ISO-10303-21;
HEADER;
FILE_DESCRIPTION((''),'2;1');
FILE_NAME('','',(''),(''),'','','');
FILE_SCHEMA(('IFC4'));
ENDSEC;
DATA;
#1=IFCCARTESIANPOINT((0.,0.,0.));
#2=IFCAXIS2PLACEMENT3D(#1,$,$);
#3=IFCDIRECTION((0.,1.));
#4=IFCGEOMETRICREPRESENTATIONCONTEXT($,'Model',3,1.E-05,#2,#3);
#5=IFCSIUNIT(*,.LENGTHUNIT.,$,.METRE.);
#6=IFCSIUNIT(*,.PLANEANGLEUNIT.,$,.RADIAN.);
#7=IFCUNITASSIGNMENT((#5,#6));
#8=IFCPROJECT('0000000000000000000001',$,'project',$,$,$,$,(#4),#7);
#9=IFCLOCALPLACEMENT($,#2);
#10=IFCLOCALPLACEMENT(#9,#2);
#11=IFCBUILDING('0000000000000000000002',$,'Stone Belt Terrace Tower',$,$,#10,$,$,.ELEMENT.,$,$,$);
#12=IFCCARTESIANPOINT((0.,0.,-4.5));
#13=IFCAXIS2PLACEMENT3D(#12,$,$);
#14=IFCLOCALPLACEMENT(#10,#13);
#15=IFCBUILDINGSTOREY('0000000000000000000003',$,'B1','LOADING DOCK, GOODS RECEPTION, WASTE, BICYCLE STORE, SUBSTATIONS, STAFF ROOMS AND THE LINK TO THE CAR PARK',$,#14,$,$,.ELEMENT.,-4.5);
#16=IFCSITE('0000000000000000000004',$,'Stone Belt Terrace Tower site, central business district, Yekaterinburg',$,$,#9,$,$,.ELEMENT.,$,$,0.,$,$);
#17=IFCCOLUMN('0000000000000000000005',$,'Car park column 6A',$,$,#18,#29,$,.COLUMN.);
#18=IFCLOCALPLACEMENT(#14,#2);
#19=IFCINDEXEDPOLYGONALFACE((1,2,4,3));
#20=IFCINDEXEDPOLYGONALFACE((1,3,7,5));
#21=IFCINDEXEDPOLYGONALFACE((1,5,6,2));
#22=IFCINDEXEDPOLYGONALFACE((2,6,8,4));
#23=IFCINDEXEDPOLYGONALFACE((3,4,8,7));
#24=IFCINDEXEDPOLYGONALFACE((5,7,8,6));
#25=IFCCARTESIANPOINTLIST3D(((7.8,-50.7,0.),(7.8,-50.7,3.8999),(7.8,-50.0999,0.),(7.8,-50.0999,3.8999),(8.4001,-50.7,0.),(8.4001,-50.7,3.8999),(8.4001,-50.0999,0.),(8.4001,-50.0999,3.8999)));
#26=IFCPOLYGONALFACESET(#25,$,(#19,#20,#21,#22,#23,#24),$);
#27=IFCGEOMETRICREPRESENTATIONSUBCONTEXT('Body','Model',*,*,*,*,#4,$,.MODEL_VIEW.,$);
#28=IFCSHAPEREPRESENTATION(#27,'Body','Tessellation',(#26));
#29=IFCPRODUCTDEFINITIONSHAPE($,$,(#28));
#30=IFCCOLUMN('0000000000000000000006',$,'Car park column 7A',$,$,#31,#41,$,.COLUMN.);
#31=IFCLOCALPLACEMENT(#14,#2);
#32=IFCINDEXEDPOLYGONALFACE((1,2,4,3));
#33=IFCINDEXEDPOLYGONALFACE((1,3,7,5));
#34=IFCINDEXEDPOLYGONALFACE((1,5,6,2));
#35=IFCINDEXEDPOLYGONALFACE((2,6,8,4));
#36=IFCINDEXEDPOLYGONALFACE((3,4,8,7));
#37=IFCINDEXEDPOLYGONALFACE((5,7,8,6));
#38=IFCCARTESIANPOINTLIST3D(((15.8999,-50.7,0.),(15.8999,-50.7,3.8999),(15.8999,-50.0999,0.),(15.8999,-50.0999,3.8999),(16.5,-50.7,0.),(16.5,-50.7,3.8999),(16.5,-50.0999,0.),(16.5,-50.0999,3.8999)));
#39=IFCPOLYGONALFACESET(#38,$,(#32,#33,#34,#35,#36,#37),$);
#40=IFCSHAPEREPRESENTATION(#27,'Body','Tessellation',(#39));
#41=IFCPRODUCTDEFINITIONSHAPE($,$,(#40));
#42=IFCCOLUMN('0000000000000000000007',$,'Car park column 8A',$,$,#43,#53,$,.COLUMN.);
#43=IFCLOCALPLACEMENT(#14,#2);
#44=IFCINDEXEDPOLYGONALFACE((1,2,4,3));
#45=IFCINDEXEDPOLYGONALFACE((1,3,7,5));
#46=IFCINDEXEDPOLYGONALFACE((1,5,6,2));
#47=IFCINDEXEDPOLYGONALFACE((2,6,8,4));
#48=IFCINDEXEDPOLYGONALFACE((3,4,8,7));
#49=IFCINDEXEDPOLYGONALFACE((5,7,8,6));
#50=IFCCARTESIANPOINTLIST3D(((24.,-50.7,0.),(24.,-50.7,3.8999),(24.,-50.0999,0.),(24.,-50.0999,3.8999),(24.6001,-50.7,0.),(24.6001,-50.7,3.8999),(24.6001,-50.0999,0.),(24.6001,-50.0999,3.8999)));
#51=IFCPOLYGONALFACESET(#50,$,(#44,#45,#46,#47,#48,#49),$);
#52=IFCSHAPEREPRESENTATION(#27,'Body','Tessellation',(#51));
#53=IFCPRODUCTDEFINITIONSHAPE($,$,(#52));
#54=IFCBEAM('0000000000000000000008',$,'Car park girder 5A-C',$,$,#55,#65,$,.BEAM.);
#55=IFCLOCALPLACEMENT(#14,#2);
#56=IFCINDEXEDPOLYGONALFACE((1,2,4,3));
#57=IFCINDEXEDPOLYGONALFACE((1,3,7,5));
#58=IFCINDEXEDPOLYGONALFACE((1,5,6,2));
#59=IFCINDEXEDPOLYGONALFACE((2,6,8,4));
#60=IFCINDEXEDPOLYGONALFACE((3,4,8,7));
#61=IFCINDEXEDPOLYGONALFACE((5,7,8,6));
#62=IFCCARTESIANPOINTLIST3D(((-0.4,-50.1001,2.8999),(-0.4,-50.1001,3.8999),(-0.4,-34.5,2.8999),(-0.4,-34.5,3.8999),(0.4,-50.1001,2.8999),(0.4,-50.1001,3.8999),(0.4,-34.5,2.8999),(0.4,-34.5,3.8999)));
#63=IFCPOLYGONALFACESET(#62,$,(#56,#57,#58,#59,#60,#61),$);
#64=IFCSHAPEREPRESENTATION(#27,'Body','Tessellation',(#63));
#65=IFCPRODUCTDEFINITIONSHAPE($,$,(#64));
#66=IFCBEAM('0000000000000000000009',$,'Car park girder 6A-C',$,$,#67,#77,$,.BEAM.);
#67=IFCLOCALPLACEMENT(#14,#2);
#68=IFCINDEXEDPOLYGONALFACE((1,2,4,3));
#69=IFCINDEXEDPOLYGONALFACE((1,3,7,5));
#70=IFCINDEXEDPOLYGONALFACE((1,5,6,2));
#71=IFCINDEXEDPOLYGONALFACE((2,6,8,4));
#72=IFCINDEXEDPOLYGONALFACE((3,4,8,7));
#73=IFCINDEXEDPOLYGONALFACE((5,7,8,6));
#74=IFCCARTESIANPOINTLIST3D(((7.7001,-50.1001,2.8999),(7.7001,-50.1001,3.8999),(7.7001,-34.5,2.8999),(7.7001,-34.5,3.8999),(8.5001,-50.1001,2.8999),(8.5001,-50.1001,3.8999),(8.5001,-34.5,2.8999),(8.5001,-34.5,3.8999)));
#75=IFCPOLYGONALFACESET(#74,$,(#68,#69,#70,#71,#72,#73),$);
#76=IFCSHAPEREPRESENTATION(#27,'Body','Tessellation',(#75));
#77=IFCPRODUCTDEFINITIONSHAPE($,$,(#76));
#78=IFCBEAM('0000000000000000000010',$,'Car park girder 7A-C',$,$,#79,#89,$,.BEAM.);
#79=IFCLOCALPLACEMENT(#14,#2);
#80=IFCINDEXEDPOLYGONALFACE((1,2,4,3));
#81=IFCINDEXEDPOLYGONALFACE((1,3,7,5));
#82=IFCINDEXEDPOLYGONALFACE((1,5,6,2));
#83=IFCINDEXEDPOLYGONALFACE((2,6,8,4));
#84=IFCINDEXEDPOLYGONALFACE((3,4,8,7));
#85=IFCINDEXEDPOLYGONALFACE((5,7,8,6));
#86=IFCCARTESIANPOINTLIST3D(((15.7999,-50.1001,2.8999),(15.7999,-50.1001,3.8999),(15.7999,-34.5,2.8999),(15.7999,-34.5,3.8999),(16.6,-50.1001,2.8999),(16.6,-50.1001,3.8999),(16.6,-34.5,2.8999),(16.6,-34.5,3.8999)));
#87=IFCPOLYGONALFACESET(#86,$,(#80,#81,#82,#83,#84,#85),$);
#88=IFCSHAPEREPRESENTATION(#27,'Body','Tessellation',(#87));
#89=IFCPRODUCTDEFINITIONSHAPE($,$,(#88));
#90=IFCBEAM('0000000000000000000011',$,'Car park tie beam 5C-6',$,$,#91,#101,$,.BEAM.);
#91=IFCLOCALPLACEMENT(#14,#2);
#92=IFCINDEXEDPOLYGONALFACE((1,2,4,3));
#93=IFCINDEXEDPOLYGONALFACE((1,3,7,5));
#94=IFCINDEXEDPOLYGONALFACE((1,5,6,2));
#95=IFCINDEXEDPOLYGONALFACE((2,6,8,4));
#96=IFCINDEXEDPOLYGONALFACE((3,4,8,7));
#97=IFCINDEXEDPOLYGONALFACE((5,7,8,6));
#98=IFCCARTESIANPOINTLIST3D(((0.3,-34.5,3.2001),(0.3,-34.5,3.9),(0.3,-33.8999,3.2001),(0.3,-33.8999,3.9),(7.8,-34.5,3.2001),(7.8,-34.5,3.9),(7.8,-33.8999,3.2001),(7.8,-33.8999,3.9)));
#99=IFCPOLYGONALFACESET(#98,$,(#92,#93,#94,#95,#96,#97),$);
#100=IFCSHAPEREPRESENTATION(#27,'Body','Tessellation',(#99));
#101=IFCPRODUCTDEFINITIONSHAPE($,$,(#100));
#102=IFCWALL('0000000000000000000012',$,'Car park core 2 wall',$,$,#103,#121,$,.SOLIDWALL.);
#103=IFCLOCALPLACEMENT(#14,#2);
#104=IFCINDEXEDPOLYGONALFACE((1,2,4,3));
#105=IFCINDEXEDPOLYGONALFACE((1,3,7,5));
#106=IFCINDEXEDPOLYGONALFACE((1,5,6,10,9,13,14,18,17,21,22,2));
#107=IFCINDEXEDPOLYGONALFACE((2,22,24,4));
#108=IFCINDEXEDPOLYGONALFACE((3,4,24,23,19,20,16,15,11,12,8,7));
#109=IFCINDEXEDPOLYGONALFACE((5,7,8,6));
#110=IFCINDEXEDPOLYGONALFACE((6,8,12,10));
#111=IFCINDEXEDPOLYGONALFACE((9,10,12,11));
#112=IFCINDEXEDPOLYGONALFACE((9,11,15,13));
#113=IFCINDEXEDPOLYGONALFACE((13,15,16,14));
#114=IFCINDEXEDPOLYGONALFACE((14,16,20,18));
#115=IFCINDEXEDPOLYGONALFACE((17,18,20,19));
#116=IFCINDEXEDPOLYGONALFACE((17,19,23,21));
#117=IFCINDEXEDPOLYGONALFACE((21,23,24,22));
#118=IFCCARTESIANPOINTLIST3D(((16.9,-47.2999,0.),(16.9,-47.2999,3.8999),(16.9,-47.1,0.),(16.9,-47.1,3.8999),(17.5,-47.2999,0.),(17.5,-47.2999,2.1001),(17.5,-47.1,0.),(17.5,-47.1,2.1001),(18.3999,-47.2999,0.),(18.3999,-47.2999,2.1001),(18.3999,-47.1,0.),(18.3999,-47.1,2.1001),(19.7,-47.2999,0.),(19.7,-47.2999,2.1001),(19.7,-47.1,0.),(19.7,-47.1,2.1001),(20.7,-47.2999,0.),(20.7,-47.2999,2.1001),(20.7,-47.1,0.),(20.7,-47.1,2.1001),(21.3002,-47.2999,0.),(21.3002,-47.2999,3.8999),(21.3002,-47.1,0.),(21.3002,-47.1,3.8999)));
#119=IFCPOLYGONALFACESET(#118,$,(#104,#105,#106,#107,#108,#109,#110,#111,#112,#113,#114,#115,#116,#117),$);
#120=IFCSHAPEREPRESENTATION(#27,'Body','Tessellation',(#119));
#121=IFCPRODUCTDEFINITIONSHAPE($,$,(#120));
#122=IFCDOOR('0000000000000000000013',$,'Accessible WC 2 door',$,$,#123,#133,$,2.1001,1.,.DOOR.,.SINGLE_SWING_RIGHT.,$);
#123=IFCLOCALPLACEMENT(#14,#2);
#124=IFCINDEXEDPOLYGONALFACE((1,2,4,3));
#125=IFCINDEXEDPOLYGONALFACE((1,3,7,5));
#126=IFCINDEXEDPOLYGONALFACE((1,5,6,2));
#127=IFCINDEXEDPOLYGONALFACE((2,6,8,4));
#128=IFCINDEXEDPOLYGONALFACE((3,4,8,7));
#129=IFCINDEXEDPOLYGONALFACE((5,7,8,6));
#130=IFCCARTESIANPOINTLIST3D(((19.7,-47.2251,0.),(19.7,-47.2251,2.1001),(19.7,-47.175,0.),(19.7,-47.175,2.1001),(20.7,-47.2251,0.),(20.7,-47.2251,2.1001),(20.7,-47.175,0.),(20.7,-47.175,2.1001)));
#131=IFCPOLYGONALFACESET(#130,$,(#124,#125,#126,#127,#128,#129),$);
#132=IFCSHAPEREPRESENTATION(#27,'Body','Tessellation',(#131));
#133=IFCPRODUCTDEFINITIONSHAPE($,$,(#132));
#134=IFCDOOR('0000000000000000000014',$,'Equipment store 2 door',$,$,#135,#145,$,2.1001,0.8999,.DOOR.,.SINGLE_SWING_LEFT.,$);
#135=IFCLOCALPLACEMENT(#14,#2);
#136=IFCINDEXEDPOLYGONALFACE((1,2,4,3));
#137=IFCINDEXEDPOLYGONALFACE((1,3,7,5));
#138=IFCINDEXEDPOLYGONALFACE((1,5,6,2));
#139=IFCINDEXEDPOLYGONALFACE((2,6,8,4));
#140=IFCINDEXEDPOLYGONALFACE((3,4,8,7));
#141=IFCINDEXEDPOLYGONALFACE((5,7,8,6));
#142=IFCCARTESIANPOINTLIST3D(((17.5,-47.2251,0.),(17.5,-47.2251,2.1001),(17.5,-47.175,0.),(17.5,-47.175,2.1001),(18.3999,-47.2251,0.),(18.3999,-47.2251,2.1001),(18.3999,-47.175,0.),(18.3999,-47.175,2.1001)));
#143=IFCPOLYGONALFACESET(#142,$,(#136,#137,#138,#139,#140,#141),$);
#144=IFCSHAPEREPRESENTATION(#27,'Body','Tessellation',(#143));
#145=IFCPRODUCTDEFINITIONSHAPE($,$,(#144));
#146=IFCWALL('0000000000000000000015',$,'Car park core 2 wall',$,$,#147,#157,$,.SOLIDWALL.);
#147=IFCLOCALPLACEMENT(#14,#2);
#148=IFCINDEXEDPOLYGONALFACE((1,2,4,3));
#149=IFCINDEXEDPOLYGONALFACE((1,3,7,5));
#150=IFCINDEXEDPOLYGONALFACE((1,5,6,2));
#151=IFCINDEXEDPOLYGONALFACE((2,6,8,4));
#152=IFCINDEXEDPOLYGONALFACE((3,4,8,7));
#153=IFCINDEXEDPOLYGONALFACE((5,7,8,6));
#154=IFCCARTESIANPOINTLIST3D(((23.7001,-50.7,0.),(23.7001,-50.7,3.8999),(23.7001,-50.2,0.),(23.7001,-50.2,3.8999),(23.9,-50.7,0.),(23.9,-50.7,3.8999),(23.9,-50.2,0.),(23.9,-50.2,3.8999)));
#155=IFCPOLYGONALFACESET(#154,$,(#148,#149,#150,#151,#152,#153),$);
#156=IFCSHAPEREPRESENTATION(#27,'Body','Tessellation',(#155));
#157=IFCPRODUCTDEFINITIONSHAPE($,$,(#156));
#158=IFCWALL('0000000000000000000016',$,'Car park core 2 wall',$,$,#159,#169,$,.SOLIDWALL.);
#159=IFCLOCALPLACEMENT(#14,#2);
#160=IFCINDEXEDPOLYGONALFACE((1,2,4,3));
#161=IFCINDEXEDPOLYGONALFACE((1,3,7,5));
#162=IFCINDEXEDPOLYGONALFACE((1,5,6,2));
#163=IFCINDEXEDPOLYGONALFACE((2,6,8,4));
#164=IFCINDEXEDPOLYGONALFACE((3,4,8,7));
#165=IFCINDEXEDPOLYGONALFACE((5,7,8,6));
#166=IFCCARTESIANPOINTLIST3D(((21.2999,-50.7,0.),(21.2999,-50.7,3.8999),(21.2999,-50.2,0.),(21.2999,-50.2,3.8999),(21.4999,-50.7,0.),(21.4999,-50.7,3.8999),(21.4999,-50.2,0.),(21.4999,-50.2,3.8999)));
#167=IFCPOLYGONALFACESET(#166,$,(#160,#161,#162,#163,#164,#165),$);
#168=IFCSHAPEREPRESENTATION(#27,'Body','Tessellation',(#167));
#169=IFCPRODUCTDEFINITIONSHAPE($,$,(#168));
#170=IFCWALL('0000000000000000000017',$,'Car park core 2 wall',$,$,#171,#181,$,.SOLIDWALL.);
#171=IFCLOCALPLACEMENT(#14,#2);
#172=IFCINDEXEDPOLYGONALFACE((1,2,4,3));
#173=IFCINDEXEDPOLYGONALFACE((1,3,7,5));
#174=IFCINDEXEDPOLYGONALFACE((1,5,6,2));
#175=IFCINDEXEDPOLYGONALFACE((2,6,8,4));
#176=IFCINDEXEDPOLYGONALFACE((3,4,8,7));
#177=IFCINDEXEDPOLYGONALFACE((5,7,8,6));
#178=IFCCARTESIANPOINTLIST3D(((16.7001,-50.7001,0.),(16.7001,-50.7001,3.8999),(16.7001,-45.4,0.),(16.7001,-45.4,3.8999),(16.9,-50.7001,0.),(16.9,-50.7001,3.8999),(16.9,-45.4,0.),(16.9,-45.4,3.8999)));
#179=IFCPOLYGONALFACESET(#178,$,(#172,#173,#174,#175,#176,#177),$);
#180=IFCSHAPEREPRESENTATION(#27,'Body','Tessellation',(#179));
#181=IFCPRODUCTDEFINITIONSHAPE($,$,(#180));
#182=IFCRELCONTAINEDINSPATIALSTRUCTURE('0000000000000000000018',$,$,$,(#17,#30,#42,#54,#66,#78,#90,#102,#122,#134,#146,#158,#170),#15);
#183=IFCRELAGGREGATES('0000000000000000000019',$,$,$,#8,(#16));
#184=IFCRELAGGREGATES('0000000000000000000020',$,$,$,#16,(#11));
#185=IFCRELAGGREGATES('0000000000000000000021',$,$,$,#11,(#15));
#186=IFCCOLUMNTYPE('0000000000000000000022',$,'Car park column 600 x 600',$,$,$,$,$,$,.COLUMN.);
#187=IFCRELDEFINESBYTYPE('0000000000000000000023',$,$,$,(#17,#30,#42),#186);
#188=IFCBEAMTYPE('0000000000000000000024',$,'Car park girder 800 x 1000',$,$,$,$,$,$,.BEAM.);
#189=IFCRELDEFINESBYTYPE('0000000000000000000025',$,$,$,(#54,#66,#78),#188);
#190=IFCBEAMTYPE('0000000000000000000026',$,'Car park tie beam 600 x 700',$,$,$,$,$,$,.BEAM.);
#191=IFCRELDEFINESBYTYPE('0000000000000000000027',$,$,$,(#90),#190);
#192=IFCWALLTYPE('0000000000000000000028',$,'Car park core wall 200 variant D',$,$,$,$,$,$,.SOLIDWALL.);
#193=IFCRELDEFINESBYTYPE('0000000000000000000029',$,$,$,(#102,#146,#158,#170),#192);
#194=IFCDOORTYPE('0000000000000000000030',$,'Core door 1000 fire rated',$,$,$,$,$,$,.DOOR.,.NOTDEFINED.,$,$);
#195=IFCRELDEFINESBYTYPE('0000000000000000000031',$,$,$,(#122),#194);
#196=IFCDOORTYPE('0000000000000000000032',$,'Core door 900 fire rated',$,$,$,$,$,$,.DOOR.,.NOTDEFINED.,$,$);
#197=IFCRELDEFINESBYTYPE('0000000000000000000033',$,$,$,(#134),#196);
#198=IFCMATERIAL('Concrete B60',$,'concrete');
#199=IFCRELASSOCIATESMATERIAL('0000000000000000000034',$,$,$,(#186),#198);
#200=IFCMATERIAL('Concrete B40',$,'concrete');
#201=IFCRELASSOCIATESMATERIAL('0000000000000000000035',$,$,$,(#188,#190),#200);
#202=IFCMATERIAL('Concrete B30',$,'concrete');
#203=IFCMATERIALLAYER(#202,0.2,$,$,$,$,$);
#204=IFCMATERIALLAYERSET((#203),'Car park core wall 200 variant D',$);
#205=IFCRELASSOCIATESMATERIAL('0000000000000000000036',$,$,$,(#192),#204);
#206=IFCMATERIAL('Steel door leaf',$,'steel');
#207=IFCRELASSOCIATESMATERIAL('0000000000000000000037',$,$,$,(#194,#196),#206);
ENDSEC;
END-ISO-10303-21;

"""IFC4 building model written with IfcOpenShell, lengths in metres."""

from ifc_helpers import new_model, si_unit, direction, frame, frame_2d, origin, origin_2d, place, context, subcontext, project, spatial, rectangle, extrude, material, layer, layer_set, material_profile, profile_set, type_object, element, fill, save


model = new_model("IFC4")

# Units and contexts
model_context = context("Model", 3, precision=1e-05, world=origin(), true_north=direction((0.0, 1.0)))
body_context = subcontext(model_context, "Body", "Model", "MODEL_VIEW")
ifc_project = project(units=[si_unit("LENGTHUNIT", "METRE"), si_unit("PLANEANGLEUNIT", "RADIAN")], contexts=[model_context])

# Site, building, storey
site_placement = place(None, origin())
site = spatial("IfcSite", under=ifc_project, at=site_placement, Name="Stone Belt Terrace Tower site, central business district, Yekaterinburg", CompositionType="ELEMENT", RefElevation=0.0)
building_placement = place(site_placement, origin())
building = spatial("IfcBuilding", under=site, at=building_placement, Name="Stone Belt Terrace Tower", CompositionType="ELEMENT")
storey_placement = place(building_placement, frame((0.0, 0.0, -4.5)))
storey = spatial("IfcBuildingStorey", under=building, at=storey_placement, Name="B1", Description="LOADING DOCK, GOODS RECEPTION, WASTE, BICYCLE STORE, SUBSTATIONS, STAFF ROOMS AND THE LINK TO THE CAR PARK", CompositionType="ELEMENT", Elevation=-4.5)

# Columns
ifc_material_1 = material(Name="Concrete B60", Category="concrete")
ifc_material_profile_1 = material_profile(ifc_material_1, rectangle(XDim=0.6001, YDim=0.6001, at=origin_2d()), Name="Car park column 600 x 600")
ifc_profile_set_1 = profile_set([ifc_material_profile_1], Name="Concrete B60")
column_type = type_object("IfcColumnType", Name="Car park column 600 x 600", PredefinedType="COLUMN", material=ifc_profile_set_1)
for number, where, z_axis, x_axis, name in (
    (1, (8.1001, -50.3999, 0.0), (0.0, 0.0, 1.0), (1.0, 0.0, 0.0), "Car park column 6A"),
    (2, (16.2, -50.3999, 0.0), (0.0, 0.0, 1.0), (1.0, 0.0, 0.0), "Car park column 7A"),
    (3, (24.3, -50.3999, 0.0), (0.0, 0.0, 1.0), (1.0, 0.0, 0.0), "Car park column 8A"),
):
    element("IfcColumn", number, at=place(storey_placement, frame(where, z_axis=z_axis, x_axis=x_axis)), inside=storey, type_object=column_type, Name=name, PredefinedType="COLUMN", context=body_context, shape_type="SweptSolid", body=[
        extrude(rectangle(XDim=0.6001, YDim=0.6001, at=origin_2d()), origin(), (0.0, 0.0, 1.0), 3.8999),
    ])

# Beams
ifc_material_2 = material(Name="Concrete B40", Category="concrete")
ifc_material_profile_2 = material_profile(ifc_material_2, rectangle(XDim=0.8, YDim=1.0, at=origin_2d()), Name="Car park girder 800 x 1000")
ifc_profile_set_2 = profile_set([ifc_material_profile_2], Name="Concrete B40")
beam_type_1 = type_object("IfcBeamType", Name="Car park girder 800 x 1000", PredefinedType="BEAM", material=ifc_profile_set_2)
for number, where, z_axis, x_axis, name in (
    (4, (0.0, -50.1001, 3.3999), (0.0, 1.0, 0.0), (-1.0, 0.0, 0.0), "Car park girder 5A-C"),
    (5, (8.1001, -50.1001, 3.3999), (0.0, 1.0, 0.0), (-1.0, 0.0, 0.0), "Car park girder 6A-C"),
    (6, (16.2, -50.1001, 3.3999), (0.0, 1.0, 0.0), (-1.0, 0.0, 0.0), "Car park girder 7A-C"),
):
    element("IfcBeam", number, at=place(storey_placement, frame(where, z_axis=z_axis, x_axis=x_axis)), inside=storey, type_object=beam_type_1, Name=name, PredefinedType="BEAM", context=body_context, shape_type="SweptSolid", body=[
        extrude(rectangle(XDim=0.8, YDim=1.0, at=origin_2d()), origin(), (0.0, 0.0, 1.0), 15.6001),
    ])
ifc_material_profile_3 = material_profile(ifc_material_2, rectangle(XDim=0.6001, YDim=0.7, at=origin_2d()), Name="Car park tie beam 600 x 700")
ifc_profile_set_3 = profile_set([ifc_material_profile_3], Name="Concrete B40")
beam_type_2 = type_object("IfcBeamType", Name="Car park tie beam 600 x 700", PredefinedType="BEAM", material=ifc_profile_set_3)
beam_placement = place(storey_placement, frame((0.3, -34.2, 3.55), z_axis=(1.0, 0.0, 0.0), x_axis=(0.0, 1.0, 0.0)))
element("IfcBeam", 7, at=beam_placement, inside=storey, type_object=beam_type_2, Name="Car park tie beam 5C-6", PredefinedType="BEAM", context=body_context, shape_type="SweptSolid", body=[
    extrude(rectangle(XDim=0.6001, YDim=0.7, at=origin_2d()), origin(), (0.0, 0.0, 1.0), 7.5),
])

# Wall, openings, doors
ifc_material_3 = material(Name="Concrete B30", Category="concrete")
ifc_layer_1 = layer(ifc_material_3, 0.2)
ifc_layer_set_1 = layer_set([ifc_layer_1], Name="Car park core wall 200 variant D")
wall_type_1 = type_object("IfcWallType", Name="Car park core wall 200 variant D", PredefinedType="SOLIDWALL", material=ifc_layer_set_1)
wall_1_placement = place(storey_placement, frame((16.8999, -47.2, 0.0), z_axis=(0.0, 0.0, 1.0), x_axis=(1.0, 0.0, 0.0)))
wall_1 = element("IfcWall", 8, at=wall_1_placement, inside=storey, type_object=wall_type_1, Name="Car park core 2 wall", PredefinedType="SOLIDWALL", context=body_context, shape_type="SweptSolid", body=[
    extrude(rectangle(XDim=4.4001, YDim=0.2, at=frame_2d((2.2002, 0.0))), origin(), (0.0, 0.0, 1.0), 3.8999),
])
opening_1_placement = place(wall_1_placement, frame((2.8, 0.0, 0.0)))
opening_1 = element("IfcOpeningElement", 9, at=opening_1_placement, cuts=wall_1, PredefinedType="OPENING", context=body_context, shape_type="SweptSolid", body=[
    extrude(rectangle(XDim=1.0, YDim=2.1001, at=frame_2d((0.5, 1.05))), frame((0.0, 0.1099, 0.0), z_axis=(0.0, -1.0, 0.0), x_axis=(1.0, 0.0, 0.0)), (0.0, 0.0, 1.0), 0.22),
])
opening_2_placement = place(wall_1_placement, frame((0.6001, 0.0, 0.0)))
opening_2 = element("IfcOpeningElement", 10, at=opening_2_placement, cuts=wall_1, PredefinedType="OPENING", context=body_context, shape_type="SweptSolid", body=[
    extrude(rectangle(XDim=0.8999, YDim=2.1001, at=frame_2d((0.45, 1.05))), frame((0.0, 0.1099, 0.0), z_axis=(0.0, -1.0, 0.0), x_axis=(1.0, 0.0, 0.0)), (0.0, 0.0, 1.0), 0.22),
])
ifc_material_4 = material(Name="Steel door leaf", Category="steel")
door_type_1 = type_object("IfcDoorType", Name="Core door 1000 fire rated", OperationType="NOTDEFINED", PredefinedType="DOOR", material=ifc_material_4)
door_1_placement = place(opening_1_placement, origin())
door_1 = element("IfcDoor", 11, at=door_1_placement, inside=storey, type_object=door_type_1, Name="Accessible WC 2 door", OperationType="SINGLE_SWING_RIGHT", OverallHeight=2.1001, OverallWidth=1.0, PredefinedType="DOOR", context=body_context, shape_type="SweptSolid", body=[
    extrude(rectangle(XDim=1.0, YDim=2.1001, at=frame_2d((0.5, 1.05))), frame((0.0, 0.0249, 0.0), z_axis=(0.0, -1.0, 0.0), x_axis=(1.0, 0.0, 0.0)), (0.0, 0.0, 1.0), 0.05),
])
fill(opening_1, door_1)
door_type_2 = type_object("IfcDoorType", Name="Core door 900 fire rated", OperationType="NOTDEFINED", PredefinedType="DOOR", material=ifc_material_4)
door_2_placement = place(opening_2_placement, origin())
door_2 = element("IfcDoor", 12, at=door_2_placement, inside=storey, type_object=door_type_2, Name="Equipment store 2 door", OperationType="SINGLE_SWING_LEFT", OverallHeight=2.1001, OverallWidth=0.8999, PredefinedType="DOOR", context=body_context, shape_type="SweptSolid", body=[
    extrude(rectangle(XDim=0.8999, YDim=2.1001, at=frame_2d((0.45, 1.05))), frame((0.0, 0.0249, 0.0), z_axis=(0.0, -1.0, 0.0), x_axis=(1.0, 0.0, 0.0)), (0.0, 0.0, 1.0), 0.05),
])
fill(opening_2, door_2)

# Walls
for number, where, z_axis, x_axis, name in (
    (13, (23.8, -50.7, 0.0), (0.0, 0.0, 1.0), (0.0, 1.0, 0.0), "Car park core 2 wall"),
    (14, (21.3999, -50.7, 0.0), (0.0, 0.0, 1.0), (0.0, 1.0, 0.0), "Car park core 2 wall"),
):
    element("IfcWall", number, at=place(storey_placement, frame(where, z_axis=z_axis, x_axis=x_axis)), inside=storey, type_object=wall_type_1, Name=name, PredefinedType="SOLIDWALL", context=body_context, shape_type="SweptSolid", body=[
        extrude(rectangle(XDim=0.5, YDim=0.2, at=frame_2d((0.25, 0.0))), origin(), (0.0, 0.0, 1.0), 3.8999),
    ])
wall_2_placement = place(storey_placement, frame((16.8, -50.7, 0.0), z_axis=(0.0, 0.0, 1.0), x_axis=(0.0, 1.0, 0.0)))
element("IfcWall", 15, at=wall_2_placement, inside=storey, type_object=wall_type_1, Name="Car park core 2 wall", PredefinedType="SOLIDWALL", context=body_context, shape_type="SweptSolid", body=[
    extrude(rectangle(XDim=5.3, YDim=0.2, at=frame_2d((2.6499, 0.0))), origin(), (0.0, 0.0, 1.0), 3.8999),
])

save(model, "model.ifc")
